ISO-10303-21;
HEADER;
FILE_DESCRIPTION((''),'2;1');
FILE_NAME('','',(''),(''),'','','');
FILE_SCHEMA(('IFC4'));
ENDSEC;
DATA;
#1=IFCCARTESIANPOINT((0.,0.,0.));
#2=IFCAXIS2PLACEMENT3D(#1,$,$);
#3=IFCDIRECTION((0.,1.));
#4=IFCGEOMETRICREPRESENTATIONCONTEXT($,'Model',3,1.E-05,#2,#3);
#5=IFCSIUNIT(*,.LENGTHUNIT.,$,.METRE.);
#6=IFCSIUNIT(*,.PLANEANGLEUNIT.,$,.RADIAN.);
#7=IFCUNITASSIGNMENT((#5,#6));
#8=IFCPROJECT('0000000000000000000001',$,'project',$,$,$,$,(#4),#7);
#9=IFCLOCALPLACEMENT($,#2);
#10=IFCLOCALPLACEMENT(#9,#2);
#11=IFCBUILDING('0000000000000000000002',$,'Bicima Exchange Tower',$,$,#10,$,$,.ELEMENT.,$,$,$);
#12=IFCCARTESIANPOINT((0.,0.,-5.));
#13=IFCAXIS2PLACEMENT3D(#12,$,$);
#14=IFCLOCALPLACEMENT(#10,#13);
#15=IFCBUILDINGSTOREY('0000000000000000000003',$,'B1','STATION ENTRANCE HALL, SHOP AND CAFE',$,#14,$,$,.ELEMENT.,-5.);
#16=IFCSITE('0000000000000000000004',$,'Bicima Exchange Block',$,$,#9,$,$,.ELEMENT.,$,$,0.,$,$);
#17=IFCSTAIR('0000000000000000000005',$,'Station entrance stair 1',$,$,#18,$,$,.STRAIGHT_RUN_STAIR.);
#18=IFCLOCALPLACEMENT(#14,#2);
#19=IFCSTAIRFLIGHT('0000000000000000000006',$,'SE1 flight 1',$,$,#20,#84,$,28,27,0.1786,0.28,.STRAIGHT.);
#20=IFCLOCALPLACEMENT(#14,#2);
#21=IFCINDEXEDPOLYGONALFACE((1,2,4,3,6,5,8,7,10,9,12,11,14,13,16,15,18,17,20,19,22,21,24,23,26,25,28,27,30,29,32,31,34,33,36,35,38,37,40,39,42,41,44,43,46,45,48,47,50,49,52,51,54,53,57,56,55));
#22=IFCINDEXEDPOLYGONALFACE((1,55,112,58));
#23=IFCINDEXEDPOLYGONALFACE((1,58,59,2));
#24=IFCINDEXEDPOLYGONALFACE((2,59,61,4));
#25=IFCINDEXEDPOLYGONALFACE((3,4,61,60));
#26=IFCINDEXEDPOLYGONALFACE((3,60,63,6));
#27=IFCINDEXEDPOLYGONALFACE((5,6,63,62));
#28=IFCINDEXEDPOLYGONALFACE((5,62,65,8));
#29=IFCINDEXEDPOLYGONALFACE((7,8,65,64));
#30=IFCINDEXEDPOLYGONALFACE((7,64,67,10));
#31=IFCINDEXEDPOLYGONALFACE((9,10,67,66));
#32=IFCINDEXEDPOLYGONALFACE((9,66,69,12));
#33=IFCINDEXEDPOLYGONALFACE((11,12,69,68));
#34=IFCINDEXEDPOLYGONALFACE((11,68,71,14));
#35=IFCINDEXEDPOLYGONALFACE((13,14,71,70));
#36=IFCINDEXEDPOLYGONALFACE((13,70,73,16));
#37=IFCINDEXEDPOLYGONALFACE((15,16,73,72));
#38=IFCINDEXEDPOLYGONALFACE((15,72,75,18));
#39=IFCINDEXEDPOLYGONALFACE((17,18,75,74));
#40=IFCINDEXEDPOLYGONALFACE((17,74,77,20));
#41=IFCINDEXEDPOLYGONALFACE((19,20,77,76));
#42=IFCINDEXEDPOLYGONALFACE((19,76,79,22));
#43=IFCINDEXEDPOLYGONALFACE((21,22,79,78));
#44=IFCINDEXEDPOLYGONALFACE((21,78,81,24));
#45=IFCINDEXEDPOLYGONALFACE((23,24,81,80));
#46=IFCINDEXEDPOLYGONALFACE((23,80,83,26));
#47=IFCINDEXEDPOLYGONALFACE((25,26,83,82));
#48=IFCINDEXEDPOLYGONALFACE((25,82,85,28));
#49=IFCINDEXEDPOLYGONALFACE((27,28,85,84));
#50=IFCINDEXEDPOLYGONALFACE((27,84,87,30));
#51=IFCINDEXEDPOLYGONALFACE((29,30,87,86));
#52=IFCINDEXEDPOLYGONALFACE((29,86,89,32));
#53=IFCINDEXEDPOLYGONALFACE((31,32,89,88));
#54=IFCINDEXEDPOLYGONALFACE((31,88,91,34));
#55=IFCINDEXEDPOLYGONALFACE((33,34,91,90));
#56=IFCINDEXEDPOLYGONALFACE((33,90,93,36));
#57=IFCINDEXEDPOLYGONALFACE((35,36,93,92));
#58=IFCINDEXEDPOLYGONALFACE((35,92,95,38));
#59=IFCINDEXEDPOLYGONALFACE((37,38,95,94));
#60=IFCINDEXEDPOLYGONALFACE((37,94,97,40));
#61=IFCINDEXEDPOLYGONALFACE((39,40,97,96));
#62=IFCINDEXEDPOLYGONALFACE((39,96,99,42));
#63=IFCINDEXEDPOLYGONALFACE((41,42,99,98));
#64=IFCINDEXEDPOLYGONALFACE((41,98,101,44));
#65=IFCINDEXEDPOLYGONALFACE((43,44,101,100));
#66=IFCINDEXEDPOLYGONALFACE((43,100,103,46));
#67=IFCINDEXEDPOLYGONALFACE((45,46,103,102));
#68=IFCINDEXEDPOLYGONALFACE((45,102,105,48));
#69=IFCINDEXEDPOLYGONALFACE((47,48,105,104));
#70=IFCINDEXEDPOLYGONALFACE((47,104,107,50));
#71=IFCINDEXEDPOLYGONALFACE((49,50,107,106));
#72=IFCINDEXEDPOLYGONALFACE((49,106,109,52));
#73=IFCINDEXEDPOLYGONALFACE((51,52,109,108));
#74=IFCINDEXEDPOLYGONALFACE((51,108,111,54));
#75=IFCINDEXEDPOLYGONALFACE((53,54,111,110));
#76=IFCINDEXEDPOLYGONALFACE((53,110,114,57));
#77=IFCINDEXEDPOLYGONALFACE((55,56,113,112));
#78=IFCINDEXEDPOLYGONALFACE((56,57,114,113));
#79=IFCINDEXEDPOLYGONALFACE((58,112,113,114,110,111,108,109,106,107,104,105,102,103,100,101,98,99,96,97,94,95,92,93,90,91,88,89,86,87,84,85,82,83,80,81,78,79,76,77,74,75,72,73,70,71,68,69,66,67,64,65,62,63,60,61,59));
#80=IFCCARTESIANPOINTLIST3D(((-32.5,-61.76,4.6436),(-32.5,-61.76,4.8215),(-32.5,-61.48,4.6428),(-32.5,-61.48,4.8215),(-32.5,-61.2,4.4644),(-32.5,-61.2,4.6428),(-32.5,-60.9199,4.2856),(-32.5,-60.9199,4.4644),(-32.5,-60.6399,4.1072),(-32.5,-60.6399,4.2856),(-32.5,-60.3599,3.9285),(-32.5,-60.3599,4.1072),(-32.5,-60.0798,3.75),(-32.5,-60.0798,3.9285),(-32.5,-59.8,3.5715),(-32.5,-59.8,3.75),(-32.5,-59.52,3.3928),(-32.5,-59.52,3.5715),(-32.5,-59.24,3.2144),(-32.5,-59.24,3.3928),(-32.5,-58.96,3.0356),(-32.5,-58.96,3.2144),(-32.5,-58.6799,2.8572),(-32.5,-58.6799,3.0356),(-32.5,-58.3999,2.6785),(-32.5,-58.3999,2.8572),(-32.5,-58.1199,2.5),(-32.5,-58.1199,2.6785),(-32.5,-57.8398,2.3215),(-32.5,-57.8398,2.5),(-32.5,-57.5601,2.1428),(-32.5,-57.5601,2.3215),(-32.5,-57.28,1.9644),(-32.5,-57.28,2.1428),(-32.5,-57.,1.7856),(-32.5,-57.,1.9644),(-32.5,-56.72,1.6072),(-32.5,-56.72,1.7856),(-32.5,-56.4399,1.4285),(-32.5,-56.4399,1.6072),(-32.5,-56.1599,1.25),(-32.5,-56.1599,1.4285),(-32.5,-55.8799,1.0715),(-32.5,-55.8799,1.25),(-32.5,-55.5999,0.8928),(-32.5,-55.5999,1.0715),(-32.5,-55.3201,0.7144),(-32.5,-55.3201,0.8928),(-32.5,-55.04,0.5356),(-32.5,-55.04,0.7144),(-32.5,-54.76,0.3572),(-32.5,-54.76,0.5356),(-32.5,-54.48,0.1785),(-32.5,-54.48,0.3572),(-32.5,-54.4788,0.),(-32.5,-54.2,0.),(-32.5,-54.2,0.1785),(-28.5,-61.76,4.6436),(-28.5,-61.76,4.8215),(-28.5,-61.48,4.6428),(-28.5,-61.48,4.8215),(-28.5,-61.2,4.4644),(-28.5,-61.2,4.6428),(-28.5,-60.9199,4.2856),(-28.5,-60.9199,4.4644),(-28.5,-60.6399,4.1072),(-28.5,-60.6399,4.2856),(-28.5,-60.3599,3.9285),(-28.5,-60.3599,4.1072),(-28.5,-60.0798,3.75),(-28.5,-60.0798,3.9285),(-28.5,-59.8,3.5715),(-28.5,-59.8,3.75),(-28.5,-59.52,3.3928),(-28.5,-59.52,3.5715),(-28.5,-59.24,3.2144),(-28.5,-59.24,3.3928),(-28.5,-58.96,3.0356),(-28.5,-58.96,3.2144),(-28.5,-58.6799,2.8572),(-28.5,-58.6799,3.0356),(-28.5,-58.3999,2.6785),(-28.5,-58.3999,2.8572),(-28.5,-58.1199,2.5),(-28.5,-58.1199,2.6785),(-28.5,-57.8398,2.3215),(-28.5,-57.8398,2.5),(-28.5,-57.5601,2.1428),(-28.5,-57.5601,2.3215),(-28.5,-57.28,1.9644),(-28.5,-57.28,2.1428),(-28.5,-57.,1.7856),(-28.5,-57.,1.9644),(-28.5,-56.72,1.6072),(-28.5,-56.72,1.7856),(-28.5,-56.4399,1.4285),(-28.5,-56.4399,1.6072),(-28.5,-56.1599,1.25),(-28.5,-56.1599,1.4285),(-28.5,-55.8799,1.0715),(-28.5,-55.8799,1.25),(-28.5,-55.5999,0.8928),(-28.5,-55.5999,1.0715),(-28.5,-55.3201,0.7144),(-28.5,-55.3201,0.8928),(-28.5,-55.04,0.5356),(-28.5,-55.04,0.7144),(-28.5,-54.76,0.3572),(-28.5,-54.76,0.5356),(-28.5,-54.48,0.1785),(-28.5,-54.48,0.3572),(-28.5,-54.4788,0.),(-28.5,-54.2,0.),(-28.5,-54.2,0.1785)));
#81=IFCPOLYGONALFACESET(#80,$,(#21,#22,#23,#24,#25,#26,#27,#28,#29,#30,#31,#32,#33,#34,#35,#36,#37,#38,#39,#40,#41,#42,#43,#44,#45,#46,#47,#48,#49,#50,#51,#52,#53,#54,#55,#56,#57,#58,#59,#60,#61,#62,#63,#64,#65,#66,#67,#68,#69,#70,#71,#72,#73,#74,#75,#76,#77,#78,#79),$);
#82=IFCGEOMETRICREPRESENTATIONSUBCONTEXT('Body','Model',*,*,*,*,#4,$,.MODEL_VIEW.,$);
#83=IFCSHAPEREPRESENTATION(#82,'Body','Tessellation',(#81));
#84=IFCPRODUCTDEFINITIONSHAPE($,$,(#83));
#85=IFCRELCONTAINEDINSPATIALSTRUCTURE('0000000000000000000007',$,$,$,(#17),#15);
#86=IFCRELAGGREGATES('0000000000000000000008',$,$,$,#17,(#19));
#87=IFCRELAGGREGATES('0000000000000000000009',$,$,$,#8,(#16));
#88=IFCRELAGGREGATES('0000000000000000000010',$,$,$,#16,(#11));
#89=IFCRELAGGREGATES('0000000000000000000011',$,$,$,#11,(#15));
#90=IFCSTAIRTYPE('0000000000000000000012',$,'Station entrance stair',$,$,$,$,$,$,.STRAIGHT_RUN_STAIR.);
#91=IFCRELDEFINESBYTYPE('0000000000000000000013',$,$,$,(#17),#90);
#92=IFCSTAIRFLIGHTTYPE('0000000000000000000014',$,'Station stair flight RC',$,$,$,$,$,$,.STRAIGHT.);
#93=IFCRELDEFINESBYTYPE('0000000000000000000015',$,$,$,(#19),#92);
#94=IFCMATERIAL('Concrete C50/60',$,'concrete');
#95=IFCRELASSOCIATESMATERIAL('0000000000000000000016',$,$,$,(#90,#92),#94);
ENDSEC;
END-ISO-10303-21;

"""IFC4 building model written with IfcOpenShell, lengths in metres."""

from ifc_helpers import new_model, si_unit, direction, frame, origin, place, context, subcontext, project, spatial, polyline, outline, extrude, material, type_object, element, aggregate, save


model = new_model("IFC4")

# Units and contexts
model_context = context("Model", 3, precision=1e-05, world=origin(), true_north=direction((0.0, 1.0)))
body_context = subcontext(model_context, "Body", "Model", "MODEL_VIEW")
ifc_project = project(units=[si_unit("LENGTHUNIT", "METRE"), si_unit("PLANEANGLEUNIT", "RADIAN")], contexts=[model_context])

# Site, building, storey
site_placement = place(None, origin())
site = spatial("IfcSite", under=ifc_project, at=site_placement, Name="Bicima Exchange Block", CompositionType="ELEMENT", RefElevation=0.0)
building_placement = place(site_placement, origin())
building = spatial("IfcBuilding", under=site, at=building_placement, Name="Bicima Exchange Tower", CompositionType="ELEMENT")
storey_placement = place(building_placement, frame((0.0, 0.0, -5.0)))
storey = spatial("IfcBuildingStorey", under=building, at=storey_placement, Name="B1", Description="STATION ENTRANCE HALL, SHOP AND CAFE", CompositionType="ELEMENT", Elevation=-5.0)

# Stair, stair flight
ifc_material_1 = material(Name="Concrete C50/60", Category="concrete")
stair_type = type_object("IfcStairType", Name="Station entrance stair", PredefinedType="STRAIGHT_RUN_STAIR", material=ifc_material_1)
stair_placement = place(storey_placement, origin())
stair = element("IfcStair", 1, at=stair_placement, inside=storey, type_object=stair_type, Name="Station entrance stair 1", PredefinedType="STRAIGHT_RUN_STAIR")
stair_flight_type = type_object("IfcStairFlightType", Name="Station stair flight RC", PredefinedType="STRAIGHT", material=ifc_material_1)
stair_flight_placement = place(storey_placement, frame((-30.5, -54.2, 0.0), z_axis=(0.0, 0.0, 1.0), x_axis=(0.0, -1.0, 0.0)))
stair_flight = element("IfcStairFlight", 2, at=stair_flight_placement, type_object=stair_flight_type, Name="SE1 flight 1", NumberOfRisers=28, NumberOfTreads=27, PredefinedType="STRAIGHT", RiserHeight=0.1786, TreadLength=0.28, context=body_context, shape_type="SweptSolid", body=[
    extrude(outline(polyline([(0.0, 0.0), (0.0, 0.1785), (0.28, 0.1785), (0.28, 0.3572), (0.5601, 0.3572), (0.5601, 0.5356), (0.8401, 0.5356), (0.8401, 0.7144), (1.1201, 0.7144), (1.1201, 0.8928), (1.3999, 0.8928), (1.3999, 1.0715), (1.6799, 1.0715), (1.6799, 1.25), (1.96, 1.25), (1.96, 1.4285), (2.24, 1.4285), (2.24, 1.6072), (2.52, 1.6072), (2.52, 1.7856), (2.8, 1.7856), (2.8, 1.9644), (3.0801, 1.9644), (3.0801, 2.1428), (3.3601, 2.1428), (3.3601, 2.3215), (3.6399, 2.3215), (3.6399, 2.5), (3.9199, 2.5), (3.9199, 2.6785), (4.2, 2.6785), (4.2, 2.8572), (4.48, 2.8572), (4.48, 3.0356), (4.76, 3.0356), (4.76, 3.2144), (5.04, 3.2144), (5.04, 3.3928), (5.3201, 3.3928), (5.3201, 3.5715), (5.6001, 3.5715), (5.6001, 3.75), (5.8799, 3.75), (5.8799, 3.9285), (6.1599, 3.9285), (6.1599, 4.1072), (6.4399, 4.1072), (6.4399, 4.2856), (6.72, 4.2856), (6.72, 4.4644), (7.0, 4.4644), (7.0, 4.6428), (7.28, 4.6428), (7.28, 4.8215), (7.5601, 4.8215), (7.5601, 5.0), (7.5601, 4.6436), (0.2788, 0.0), (0.0, 0.0)])), frame((0.0, 2.0, 0.0), z_axis=(0.0, -1.0, 0.0), x_axis=(1.0, 0.0, 0.0)), (0.0, 0.0, 1.0), 4.0),
])
aggregate(stair, [stair_flight])

save(model, "model.ifc")
